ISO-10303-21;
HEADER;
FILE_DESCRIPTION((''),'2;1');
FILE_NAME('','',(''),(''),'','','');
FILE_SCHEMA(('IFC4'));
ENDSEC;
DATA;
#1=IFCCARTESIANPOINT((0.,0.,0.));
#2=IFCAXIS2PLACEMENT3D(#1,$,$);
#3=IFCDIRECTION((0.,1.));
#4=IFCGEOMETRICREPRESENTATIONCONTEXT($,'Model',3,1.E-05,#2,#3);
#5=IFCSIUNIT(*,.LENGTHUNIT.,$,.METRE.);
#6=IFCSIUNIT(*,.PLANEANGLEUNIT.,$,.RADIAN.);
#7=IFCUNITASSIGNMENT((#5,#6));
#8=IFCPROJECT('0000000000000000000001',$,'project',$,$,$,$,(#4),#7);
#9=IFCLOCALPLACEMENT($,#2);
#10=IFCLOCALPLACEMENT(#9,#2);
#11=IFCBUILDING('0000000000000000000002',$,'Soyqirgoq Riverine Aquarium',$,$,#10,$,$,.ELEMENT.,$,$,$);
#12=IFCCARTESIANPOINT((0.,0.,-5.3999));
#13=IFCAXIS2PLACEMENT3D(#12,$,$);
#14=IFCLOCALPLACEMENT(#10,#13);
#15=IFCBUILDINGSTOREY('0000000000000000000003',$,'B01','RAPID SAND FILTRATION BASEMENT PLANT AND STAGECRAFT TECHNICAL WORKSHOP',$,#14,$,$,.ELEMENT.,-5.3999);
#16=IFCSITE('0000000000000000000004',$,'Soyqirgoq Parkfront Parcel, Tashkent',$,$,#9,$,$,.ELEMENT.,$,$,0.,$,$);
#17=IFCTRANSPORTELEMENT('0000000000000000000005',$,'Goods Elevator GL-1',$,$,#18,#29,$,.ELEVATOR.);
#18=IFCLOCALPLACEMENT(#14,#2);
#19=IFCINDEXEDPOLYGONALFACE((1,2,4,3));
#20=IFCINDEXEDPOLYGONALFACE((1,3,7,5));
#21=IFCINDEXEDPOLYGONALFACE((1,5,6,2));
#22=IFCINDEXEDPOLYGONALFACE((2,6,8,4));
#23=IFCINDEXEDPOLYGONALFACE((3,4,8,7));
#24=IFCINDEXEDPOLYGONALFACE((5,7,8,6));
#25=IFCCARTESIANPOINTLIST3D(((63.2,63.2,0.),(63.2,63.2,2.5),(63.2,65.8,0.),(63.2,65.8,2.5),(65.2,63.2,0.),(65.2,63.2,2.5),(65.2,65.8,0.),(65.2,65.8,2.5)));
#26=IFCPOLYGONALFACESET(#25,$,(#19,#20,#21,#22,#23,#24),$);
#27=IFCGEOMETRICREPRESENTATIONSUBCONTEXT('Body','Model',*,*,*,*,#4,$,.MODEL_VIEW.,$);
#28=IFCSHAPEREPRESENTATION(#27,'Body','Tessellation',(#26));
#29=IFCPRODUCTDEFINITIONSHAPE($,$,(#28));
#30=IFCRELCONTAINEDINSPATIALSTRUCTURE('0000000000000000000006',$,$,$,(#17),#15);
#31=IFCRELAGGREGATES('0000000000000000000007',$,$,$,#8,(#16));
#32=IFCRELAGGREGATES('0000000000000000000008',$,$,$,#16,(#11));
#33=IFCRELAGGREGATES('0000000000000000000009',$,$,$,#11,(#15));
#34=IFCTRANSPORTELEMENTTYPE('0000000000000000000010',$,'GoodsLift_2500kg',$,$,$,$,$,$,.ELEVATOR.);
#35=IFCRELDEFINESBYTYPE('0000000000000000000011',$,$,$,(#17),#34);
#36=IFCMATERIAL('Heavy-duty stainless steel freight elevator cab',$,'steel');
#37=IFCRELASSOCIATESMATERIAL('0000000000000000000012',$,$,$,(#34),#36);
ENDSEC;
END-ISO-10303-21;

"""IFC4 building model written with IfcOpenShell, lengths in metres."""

from ifc_helpers import new_model, si_unit, direction, frame, origin, origin_2d, place, context, subcontext, project, spatial, rectangle, extrude, material, type_object, element, save


model = new_model("IFC4")

# Units and contexts
model_context = context("Model", 3, precision=1e-05, world=origin(), true_north=direction((0.0, 1.0)))
body_context = subcontext(model_context, "Body", "Model", "MODEL_VIEW")
ifc_project = project(units=[si_unit("LENGTHUNIT", "METRE"), si_unit("PLANEANGLEUNIT", "RADIAN")], contexts=[model_context])

# Site, building, storey
site_placement = place(None, origin())
site = spatial("IfcSite", under=ifc_project, at=site_placement, Name="Soyqirgoq Parkfront Parcel, Tashkent", CompositionType="ELEMENT", RefElevation=0.0)
building_placement = place(site_placement, origin())
building = spatial("IfcBuilding", under=site, at=building_placement, Name="Soyqirgoq Riverine Aquarium", CompositionType="ELEMENT")
storey_placement = place(building_placement, frame((0.0, 0.0, -5.3999)))
storey = spatial("IfcBuildingStorey", under=building, at=storey_placement, Name="B01", Description="RAPID SAND FILTRATION BASEMENT PLANT AND STAGECRAFT TECHNICAL WORKSHOP", CompositionType="ELEMENT", Elevation=-5.3999)

# Transport element
ifc_material_1 = material(Name="Heavy-duty stainless steel freight elevator cab", Category="steel")
transport_element_type = type_object("IfcTransportElementType", Name="GoodsLift_2500kg", PredefinedType="ELEVATOR", material=ifc_material_1)
transport_element_placement = place(storey_placement, frame((64.2, 64.5, 0.0), z_axis=(0.0, 0.0, 1.0), x_axis=(1.0, 0.0, 0.0)))
element("IfcTransportElement", 1, at=transport_element_placement, inside=storey, type_object=transport_element_type, Name="Goods Elevator GL-1", PredefinedType="ELEVATOR", context=body_context, shape_type="SweptSolid", body=[
    extrude(rectangle(XDim=2.0, YDim=2.6001, at=origin_2d()), origin(), (0.0, 0.0, 1.0), 2.5),
])

save(model, "model.ifc")
